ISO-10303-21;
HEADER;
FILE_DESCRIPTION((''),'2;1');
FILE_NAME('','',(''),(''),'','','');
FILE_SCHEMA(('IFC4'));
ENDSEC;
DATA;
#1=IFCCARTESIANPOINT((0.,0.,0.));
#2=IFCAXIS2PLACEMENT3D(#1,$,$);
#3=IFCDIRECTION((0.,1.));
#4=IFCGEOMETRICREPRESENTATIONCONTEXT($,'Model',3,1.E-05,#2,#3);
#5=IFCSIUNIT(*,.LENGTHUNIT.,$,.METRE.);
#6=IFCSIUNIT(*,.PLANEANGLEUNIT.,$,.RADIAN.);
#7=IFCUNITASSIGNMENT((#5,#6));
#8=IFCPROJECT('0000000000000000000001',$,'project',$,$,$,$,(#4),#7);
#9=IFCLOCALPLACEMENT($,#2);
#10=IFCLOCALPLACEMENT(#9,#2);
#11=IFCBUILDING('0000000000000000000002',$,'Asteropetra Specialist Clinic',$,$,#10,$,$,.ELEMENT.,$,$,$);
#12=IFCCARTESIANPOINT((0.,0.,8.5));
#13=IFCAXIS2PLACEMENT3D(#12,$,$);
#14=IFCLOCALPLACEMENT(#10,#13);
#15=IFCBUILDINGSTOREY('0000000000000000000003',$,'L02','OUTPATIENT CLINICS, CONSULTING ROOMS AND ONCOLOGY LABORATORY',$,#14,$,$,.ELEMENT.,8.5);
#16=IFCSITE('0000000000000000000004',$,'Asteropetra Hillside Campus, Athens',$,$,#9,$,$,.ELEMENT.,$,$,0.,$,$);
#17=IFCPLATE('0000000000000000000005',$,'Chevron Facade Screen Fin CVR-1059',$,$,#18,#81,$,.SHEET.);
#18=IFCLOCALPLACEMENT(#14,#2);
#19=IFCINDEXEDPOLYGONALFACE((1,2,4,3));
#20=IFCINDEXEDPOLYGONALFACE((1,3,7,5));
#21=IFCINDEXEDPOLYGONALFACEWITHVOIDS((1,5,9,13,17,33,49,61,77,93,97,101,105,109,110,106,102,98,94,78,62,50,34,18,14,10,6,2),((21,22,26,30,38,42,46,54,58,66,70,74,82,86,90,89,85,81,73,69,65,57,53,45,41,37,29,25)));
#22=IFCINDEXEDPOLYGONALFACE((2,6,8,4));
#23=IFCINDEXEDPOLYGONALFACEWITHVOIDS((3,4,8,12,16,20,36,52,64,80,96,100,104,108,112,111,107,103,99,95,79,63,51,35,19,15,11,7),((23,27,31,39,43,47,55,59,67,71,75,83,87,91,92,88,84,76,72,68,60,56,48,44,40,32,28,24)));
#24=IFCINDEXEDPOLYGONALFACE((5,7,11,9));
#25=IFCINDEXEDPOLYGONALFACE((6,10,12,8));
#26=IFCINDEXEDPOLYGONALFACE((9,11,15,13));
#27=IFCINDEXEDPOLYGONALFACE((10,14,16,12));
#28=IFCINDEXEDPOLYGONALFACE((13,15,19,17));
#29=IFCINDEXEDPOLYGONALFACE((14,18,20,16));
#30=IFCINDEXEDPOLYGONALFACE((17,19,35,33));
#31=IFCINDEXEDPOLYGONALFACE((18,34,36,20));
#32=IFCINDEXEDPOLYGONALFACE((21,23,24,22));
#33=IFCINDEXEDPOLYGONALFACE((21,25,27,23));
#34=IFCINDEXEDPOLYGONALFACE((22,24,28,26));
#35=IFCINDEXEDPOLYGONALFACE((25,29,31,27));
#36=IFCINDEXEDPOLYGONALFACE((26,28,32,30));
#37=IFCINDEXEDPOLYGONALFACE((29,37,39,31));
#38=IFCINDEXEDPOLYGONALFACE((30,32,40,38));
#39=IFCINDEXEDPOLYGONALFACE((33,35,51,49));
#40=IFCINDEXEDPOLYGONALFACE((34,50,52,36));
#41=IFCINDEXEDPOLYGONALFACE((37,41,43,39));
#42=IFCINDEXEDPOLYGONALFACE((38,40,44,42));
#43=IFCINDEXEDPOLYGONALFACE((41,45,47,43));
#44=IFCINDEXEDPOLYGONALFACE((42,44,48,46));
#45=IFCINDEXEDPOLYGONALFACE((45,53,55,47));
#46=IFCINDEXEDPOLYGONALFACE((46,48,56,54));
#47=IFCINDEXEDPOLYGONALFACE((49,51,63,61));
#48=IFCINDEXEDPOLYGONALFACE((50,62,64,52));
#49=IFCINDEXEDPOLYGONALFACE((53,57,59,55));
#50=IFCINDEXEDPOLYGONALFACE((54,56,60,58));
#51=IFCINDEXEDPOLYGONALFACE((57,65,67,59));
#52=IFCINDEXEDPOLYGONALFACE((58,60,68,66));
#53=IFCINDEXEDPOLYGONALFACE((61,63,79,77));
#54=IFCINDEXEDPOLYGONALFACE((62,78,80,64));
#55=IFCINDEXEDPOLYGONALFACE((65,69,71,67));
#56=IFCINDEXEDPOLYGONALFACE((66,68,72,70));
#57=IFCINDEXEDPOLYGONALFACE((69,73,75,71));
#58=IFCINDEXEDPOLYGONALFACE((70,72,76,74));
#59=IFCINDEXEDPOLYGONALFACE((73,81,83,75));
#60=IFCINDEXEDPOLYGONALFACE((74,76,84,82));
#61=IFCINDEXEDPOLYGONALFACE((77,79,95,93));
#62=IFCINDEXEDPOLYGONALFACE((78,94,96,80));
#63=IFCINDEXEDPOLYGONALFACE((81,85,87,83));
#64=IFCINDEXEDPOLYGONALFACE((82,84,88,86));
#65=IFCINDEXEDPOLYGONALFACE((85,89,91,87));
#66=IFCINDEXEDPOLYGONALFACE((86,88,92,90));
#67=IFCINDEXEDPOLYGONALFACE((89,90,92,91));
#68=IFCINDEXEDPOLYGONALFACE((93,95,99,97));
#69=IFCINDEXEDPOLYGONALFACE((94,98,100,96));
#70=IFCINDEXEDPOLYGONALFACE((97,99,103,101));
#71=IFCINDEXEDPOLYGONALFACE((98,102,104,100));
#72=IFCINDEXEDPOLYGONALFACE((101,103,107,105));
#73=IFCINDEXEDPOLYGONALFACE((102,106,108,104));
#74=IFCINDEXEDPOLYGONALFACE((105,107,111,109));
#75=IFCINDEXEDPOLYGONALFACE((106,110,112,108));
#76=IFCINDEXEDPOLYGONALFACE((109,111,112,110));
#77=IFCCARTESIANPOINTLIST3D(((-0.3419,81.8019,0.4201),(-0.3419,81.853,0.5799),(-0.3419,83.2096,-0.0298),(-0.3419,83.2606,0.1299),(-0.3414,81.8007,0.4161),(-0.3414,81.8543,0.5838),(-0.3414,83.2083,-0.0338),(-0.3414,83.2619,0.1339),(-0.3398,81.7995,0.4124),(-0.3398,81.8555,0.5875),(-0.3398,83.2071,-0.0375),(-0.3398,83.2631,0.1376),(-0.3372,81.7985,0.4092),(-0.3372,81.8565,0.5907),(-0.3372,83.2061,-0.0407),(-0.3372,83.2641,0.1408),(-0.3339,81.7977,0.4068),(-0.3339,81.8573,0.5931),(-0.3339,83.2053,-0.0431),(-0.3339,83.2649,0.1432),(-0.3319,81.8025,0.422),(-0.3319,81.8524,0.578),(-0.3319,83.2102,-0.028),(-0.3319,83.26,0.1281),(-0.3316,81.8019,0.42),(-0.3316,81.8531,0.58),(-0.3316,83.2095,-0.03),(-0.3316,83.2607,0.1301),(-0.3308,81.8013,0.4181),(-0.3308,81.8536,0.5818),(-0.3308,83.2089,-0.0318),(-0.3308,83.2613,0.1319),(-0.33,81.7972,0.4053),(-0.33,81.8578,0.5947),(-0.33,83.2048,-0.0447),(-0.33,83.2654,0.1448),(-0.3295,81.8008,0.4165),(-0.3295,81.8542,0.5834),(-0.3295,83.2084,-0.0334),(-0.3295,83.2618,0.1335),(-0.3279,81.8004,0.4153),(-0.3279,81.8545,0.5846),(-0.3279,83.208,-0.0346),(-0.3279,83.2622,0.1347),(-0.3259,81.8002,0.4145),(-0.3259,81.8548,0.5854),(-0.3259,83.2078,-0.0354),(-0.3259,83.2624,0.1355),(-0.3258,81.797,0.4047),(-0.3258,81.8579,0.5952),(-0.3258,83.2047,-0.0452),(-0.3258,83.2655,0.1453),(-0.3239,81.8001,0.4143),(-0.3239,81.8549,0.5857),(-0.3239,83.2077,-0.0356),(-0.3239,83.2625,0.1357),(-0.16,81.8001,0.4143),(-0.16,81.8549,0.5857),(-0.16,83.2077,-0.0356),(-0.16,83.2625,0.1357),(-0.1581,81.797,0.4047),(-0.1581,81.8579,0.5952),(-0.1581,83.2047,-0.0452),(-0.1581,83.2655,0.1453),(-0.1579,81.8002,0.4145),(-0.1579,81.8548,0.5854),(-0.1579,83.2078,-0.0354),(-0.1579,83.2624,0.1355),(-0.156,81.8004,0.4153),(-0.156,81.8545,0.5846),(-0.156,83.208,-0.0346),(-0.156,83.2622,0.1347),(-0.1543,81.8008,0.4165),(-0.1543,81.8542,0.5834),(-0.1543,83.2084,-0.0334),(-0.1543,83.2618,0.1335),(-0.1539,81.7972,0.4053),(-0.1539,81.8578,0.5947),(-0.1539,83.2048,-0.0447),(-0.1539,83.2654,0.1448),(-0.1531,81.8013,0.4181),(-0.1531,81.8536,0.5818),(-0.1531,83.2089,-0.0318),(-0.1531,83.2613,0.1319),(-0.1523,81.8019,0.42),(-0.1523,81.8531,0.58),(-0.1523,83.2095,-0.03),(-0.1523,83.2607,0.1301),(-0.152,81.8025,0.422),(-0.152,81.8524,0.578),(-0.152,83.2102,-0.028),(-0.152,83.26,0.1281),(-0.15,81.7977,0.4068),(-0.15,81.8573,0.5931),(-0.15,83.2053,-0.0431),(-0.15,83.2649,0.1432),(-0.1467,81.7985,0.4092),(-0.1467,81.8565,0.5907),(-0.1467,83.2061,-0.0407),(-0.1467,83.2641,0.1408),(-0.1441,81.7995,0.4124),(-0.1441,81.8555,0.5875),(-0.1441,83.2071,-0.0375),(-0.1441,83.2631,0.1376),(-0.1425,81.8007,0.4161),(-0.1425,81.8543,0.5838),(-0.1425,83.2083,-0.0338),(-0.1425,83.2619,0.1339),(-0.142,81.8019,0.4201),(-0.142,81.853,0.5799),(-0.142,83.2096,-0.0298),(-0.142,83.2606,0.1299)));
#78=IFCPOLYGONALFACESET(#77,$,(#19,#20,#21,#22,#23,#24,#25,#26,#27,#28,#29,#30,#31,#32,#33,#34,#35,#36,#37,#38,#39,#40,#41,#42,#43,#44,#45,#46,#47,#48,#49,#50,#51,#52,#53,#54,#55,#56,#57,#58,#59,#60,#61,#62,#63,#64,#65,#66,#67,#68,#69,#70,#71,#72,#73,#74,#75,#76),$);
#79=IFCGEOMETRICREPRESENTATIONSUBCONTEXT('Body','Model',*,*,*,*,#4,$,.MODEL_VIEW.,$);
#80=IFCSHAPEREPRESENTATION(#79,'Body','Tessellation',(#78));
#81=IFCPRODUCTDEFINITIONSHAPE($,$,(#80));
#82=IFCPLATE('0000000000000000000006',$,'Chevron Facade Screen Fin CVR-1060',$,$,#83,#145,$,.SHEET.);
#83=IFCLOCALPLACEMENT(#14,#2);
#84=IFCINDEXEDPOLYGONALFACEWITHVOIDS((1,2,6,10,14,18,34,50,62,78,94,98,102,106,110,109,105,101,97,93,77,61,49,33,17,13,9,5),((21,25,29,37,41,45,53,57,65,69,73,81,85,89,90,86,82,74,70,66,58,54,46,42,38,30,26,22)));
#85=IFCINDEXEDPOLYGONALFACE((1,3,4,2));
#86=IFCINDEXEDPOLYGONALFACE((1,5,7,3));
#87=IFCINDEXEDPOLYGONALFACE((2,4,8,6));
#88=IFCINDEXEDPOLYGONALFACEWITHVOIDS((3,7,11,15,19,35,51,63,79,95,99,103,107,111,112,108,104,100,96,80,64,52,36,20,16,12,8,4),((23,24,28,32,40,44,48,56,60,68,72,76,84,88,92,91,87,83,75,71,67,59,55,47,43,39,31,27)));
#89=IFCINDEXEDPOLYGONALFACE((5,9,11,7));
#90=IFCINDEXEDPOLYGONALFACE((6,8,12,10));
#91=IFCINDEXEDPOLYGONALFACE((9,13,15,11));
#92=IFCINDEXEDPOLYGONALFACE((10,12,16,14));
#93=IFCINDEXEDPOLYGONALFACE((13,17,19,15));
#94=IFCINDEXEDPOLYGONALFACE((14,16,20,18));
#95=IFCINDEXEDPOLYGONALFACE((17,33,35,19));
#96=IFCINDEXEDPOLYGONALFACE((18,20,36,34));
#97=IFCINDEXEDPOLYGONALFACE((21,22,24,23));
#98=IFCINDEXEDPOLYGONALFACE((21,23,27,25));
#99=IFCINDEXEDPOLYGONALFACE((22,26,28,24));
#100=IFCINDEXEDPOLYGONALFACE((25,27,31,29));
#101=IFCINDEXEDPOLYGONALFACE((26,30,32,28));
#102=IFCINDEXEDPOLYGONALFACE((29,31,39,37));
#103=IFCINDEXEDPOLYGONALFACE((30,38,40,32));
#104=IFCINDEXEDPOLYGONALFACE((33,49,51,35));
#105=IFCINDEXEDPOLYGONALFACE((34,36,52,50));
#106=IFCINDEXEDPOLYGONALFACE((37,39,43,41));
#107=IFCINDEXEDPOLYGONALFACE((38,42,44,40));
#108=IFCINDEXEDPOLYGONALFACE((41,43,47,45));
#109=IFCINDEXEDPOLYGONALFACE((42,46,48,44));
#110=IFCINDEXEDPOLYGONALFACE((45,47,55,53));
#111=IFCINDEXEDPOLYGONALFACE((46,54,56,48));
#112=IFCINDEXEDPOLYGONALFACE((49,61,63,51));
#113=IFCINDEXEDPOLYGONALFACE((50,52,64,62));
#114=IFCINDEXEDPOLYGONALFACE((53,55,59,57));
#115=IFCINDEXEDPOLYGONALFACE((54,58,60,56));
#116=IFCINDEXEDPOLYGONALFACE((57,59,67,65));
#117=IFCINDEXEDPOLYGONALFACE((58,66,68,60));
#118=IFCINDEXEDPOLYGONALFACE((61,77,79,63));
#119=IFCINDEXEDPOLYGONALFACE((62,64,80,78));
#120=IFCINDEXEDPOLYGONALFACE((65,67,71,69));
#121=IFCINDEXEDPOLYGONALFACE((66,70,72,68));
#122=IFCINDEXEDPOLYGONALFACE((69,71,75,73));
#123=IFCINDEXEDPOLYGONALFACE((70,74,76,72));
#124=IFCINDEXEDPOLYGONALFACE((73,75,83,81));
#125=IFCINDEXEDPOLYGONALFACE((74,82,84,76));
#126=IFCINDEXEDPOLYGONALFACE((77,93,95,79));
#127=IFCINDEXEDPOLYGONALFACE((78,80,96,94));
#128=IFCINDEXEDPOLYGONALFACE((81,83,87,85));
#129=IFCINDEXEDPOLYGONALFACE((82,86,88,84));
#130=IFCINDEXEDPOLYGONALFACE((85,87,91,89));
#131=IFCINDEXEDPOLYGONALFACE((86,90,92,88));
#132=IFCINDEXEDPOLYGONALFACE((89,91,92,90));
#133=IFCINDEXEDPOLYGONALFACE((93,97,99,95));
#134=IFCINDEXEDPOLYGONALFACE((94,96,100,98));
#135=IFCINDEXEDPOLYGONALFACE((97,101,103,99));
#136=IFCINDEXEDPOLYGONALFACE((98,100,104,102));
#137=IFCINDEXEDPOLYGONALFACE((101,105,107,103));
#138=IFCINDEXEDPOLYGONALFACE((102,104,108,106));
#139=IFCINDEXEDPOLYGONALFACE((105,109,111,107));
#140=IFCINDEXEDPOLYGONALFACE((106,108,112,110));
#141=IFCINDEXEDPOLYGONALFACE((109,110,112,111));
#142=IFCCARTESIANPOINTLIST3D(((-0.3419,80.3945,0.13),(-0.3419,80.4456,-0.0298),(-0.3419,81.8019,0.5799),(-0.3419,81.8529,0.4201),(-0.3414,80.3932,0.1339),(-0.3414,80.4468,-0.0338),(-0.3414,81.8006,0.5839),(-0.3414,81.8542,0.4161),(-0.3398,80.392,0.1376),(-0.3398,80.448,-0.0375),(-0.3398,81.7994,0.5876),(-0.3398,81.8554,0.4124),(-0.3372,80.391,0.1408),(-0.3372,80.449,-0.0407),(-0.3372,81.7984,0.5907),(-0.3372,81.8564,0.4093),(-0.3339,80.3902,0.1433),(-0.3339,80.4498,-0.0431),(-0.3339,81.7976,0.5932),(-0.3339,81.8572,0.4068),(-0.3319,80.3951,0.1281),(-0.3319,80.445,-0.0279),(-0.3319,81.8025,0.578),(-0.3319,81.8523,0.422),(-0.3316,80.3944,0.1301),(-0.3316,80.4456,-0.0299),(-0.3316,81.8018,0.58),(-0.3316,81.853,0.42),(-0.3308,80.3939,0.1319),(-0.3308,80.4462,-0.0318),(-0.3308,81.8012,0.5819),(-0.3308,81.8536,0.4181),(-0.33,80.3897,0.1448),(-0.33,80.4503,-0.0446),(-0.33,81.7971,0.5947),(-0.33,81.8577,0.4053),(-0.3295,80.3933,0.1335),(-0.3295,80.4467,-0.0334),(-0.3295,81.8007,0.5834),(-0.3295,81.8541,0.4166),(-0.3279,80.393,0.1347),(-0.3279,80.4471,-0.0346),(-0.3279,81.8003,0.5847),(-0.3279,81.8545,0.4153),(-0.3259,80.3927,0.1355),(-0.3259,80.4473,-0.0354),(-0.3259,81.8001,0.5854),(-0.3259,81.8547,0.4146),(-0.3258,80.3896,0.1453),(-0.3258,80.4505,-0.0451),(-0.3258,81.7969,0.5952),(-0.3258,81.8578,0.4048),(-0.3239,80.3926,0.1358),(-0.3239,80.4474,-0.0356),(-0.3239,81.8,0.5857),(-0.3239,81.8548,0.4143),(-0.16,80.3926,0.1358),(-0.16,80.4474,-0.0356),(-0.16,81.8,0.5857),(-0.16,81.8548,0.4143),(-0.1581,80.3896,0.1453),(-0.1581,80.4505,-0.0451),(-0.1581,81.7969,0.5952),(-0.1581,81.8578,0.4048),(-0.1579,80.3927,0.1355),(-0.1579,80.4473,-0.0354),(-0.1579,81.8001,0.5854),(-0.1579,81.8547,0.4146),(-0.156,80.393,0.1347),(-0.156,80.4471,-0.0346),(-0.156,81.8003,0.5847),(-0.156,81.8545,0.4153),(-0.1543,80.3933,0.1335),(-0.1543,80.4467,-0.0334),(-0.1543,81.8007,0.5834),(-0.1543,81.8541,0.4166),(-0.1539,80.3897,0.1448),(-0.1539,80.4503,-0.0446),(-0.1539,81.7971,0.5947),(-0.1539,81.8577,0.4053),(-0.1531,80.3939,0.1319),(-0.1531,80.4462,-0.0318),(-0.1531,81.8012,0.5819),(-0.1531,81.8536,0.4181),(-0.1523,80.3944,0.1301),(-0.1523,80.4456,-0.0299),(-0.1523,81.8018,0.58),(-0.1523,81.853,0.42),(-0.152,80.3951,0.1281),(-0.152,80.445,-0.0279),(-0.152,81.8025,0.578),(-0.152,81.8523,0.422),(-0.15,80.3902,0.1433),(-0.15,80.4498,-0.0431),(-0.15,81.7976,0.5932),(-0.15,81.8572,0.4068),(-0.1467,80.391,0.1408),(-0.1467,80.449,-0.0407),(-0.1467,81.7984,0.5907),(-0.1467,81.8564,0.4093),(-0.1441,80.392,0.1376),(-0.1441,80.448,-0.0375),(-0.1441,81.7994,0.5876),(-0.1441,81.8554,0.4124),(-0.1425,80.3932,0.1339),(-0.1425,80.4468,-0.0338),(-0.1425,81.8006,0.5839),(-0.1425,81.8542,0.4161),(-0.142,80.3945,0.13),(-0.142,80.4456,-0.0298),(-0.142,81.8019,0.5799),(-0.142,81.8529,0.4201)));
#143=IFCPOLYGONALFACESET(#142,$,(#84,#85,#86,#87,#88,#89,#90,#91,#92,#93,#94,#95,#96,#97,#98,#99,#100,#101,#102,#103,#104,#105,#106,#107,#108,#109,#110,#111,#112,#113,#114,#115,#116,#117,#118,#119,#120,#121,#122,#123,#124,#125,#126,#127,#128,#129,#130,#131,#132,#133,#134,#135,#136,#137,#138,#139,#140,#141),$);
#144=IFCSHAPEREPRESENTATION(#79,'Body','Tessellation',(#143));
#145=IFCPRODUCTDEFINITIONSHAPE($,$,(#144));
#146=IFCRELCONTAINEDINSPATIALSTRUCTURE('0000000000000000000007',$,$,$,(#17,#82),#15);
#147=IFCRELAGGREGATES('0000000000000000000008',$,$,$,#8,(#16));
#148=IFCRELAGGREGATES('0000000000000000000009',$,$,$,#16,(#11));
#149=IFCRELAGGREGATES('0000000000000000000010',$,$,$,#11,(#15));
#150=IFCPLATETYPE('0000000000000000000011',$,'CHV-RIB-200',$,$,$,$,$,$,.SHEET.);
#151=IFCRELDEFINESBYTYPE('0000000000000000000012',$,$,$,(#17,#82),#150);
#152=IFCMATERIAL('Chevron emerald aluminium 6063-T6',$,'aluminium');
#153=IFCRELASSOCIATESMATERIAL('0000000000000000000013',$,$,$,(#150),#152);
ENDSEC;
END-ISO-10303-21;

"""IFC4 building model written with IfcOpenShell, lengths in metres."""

from ifc_helpers import new_model, si_unit, direction, frame, origin, origin_2d, place, context, subcontext, project, spatial, hollow_rectangle, extrude, material, material_profile, profile_set, type_object, element, save


model = new_model("IFC4")

# Units and contexts
model_context = context("Model", 3, precision=1e-05, world=origin(), true_north=direction((0.0, 1.0)))
body_context = subcontext(model_context, "Body", "Model", "MODEL_VIEW")
ifc_project = project(units=[si_unit("LENGTHUNIT", "METRE"), si_unit("PLANEANGLEUNIT", "RADIAN")], contexts=[model_context])

# Site, building, storey
site_placement = place(None, origin())
site = spatial("IfcSite", under=ifc_project, at=site_placement, Name="Asteropetra Hillside Campus, Athens", CompositionType="ELEMENT", RefElevation=0.0)
building_placement = place(site_placement, origin())
building = spatial("IfcBuilding", under=site, at=building_placement, Name="Asteropetra Specialist Clinic", CompositionType="ELEMENT")
storey_placement = place(building_placement, frame((0.0, 0.0, 8.5)))
storey = spatial("IfcBuildingStorey", under=building, at=storey_placement, Name="L02", Description="OUTPATIENT CLINICS, CONSULTING ROOMS AND ONCOLOGY LABORATORY", CompositionType="ELEMENT", Elevation=8.5)

# Plates
ifc_material_1 = material(Name="Chevron emerald aluminium 6063-T6", Category="aluminium")
ifc_material_profile = material_profile(ifc_material_1, hollow_rectangle(XDim=0.2, YDim=0.2, WallThickness=0.01, InnerFilletRadius=0.0081, OuterFilletRadius=0.0161, at=origin_2d()), Name="SHS 200x200x10.0")
ifc_profile_set = profile_set([ifc_material_profile], Name="Chevron emerald aluminium 6063-T6")
plate_type_1 = type_object("IfcPlateType", Name="CHV-RIB-200", PredefinedType="SHEET", material=ifc_profile_set)
plate_1_placement = place(storey_placement, frame((-0.2419, 83.2351, 0.05), z_axis=(0.0, -0.952526, 0.304458), x_axis=(1.0, 0.0, 0.0)))
element("IfcPlate", 1, at=plate_1_placement, inside=storey, type_object=plate_type_1, Name="Chevron Facade Screen Fin CVR-1059", PredefinedType="SHEET", context=body_context, shape_type="SweptSolid", body=[
    extrude(hollow_rectangle(XDim=0.2, YDim=0.2, WallThickness=0.01, InnerFilletRadius=0.0081, OuterFilletRadius=0.0161, at=origin_2d()), origin(), (0.0, 0.0, 1.0), 1.4778),
])
plate_2_placement = place(storey_placement, frame((-0.2419, 81.8274, 0.5), z_axis=(0.0, -0.95251, -0.304506), x_axis=(1.0, 0.0, 0.0)))
element("IfcPlate", 2, at=plate_2_placement, inside=storey, type_object=plate_type_1, Name="Chevron Facade Screen Fin CVR-1060", PredefinedType="SHEET", context=body_context, shape_type="SweptSolid", body=[
    extrude(hollow_rectangle(XDim=0.2, YDim=0.2, WallThickness=0.01, InnerFilletRadius=0.0081, OuterFilletRadius=0.0161, at=origin_2d()), origin(), (0.0, 0.0, 1.0), 1.4775),
])

save(model, "model.ifc")
